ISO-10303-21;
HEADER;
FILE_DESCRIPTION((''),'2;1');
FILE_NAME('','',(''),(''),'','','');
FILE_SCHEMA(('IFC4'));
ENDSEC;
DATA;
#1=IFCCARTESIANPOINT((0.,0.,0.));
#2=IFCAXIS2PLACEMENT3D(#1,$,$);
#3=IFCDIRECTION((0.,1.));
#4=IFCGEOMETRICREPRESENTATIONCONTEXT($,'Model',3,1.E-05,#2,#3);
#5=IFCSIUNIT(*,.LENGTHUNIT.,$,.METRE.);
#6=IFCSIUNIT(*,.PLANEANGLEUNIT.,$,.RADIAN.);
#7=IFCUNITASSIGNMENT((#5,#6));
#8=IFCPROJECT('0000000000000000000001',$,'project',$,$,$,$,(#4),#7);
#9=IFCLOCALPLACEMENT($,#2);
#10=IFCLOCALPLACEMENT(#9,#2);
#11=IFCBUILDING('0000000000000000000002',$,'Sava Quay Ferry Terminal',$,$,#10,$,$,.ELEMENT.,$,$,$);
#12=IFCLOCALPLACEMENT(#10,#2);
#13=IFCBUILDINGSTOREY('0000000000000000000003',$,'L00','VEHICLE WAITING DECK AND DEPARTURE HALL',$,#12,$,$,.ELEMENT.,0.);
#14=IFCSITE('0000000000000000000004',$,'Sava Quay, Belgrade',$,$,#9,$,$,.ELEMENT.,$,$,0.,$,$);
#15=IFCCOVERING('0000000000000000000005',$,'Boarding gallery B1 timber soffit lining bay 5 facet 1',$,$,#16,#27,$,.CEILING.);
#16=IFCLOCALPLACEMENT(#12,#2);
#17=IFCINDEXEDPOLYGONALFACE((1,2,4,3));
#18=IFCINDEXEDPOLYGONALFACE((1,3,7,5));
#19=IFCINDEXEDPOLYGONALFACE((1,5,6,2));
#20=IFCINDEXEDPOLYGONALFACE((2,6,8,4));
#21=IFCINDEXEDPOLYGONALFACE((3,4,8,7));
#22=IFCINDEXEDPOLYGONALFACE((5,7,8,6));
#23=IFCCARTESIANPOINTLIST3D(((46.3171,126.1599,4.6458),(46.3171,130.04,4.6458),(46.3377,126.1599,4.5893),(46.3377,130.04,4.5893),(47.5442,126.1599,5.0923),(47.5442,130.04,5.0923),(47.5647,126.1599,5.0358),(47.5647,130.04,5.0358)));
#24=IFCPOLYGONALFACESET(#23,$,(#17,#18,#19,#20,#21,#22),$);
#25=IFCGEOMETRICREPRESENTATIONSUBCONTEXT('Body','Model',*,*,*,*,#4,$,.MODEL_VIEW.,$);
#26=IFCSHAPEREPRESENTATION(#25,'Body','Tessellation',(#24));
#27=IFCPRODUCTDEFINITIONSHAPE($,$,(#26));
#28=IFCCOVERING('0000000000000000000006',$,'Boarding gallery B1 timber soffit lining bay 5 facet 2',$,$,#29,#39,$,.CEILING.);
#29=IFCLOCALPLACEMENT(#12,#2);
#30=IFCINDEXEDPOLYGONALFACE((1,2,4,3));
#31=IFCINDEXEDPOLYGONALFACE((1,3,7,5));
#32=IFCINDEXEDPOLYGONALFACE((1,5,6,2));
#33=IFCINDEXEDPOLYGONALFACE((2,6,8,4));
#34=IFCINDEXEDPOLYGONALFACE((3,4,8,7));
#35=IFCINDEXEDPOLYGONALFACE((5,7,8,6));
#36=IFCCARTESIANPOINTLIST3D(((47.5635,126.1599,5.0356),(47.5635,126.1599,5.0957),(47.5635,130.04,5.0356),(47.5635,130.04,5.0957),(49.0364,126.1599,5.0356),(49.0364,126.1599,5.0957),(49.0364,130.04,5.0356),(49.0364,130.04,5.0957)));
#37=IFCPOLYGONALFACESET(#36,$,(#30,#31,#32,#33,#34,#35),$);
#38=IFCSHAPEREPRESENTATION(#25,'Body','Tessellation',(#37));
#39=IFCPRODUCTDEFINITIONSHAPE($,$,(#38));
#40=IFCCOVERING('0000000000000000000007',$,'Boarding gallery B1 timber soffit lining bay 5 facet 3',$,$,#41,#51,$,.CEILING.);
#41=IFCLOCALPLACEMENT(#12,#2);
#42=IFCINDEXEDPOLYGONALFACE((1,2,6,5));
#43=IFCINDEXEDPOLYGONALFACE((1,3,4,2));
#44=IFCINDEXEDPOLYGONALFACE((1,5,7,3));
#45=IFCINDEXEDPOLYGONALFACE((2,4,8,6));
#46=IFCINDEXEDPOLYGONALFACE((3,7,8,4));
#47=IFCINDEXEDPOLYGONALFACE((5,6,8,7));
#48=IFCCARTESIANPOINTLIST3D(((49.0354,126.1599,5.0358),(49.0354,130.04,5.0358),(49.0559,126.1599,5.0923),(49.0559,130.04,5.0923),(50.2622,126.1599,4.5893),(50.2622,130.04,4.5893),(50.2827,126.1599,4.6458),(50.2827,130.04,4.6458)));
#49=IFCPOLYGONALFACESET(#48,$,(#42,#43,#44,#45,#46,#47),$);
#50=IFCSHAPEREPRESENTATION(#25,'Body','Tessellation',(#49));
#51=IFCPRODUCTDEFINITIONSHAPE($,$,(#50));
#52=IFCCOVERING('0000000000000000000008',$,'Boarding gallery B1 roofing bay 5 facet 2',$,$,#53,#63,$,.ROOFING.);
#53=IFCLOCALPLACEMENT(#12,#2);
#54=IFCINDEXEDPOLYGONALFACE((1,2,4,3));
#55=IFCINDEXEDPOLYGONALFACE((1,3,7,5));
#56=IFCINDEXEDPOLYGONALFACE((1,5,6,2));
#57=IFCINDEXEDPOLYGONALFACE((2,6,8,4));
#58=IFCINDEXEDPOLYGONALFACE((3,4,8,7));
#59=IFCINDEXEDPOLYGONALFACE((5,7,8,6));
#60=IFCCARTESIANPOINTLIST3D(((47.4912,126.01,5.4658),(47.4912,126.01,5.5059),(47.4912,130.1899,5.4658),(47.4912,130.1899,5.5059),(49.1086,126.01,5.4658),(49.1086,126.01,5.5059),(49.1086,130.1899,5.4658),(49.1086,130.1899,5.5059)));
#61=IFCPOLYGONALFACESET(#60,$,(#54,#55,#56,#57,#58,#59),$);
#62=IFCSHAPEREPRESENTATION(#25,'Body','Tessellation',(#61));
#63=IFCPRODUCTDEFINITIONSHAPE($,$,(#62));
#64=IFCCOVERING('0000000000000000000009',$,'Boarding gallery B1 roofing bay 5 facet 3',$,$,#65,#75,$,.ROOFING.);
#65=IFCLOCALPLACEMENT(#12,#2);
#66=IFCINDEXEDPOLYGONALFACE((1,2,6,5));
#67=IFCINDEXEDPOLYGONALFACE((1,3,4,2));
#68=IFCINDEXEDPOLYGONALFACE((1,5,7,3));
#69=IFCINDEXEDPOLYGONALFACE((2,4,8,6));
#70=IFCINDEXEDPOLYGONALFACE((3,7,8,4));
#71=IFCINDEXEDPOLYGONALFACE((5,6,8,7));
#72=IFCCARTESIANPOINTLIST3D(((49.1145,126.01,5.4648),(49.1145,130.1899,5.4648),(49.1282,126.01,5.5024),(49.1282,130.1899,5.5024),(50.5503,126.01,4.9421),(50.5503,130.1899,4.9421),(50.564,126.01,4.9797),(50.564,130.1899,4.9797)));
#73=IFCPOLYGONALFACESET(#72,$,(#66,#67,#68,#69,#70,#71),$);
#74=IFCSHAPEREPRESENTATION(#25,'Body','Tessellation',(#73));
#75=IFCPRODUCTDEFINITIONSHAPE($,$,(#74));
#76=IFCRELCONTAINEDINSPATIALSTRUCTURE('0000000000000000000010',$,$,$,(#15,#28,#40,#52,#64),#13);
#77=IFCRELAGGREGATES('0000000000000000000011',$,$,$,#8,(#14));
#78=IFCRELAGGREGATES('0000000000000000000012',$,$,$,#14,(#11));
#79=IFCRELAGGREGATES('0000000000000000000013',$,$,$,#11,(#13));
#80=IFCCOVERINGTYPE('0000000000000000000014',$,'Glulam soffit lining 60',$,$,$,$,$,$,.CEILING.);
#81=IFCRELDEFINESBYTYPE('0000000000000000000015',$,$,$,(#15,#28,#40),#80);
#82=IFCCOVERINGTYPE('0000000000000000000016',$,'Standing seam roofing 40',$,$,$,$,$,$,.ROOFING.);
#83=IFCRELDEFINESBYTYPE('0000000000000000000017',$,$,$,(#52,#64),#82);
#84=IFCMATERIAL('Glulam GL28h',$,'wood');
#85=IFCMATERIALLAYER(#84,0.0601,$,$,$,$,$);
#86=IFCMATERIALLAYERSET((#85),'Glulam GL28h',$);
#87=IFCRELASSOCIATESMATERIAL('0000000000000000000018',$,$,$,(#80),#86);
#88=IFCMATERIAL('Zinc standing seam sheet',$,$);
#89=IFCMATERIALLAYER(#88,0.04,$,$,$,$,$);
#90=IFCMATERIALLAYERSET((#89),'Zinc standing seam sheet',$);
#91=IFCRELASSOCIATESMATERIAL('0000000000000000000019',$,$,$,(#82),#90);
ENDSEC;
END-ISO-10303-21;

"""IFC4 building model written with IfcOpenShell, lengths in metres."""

from ifc_helpers import new_model, si_unit, direction, frame, origin, place, context, subcontext, project, spatial, polyline, outline, extrude, material, layer, layer_set, type_object, element, save


model = new_model("IFC4")

# Units and contexts
model_context = context("Model", 3, precision=1e-05, world=origin(), true_north=direction((0.0, 1.0)))
body_context = subcontext(model_context, "Body", "Model", "MODEL_VIEW")
ifc_project = project(units=[si_unit("LENGTHUNIT", "METRE"), si_unit("PLANEANGLEUNIT", "RADIAN")], contexts=[model_context])

# Site, building, storey
site_placement = place(None, origin())
site = spatial("IfcSite", under=ifc_project, at=site_placement, Name="Sava Quay, Belgrade", CompositionType="ELEMENT", RefElevation=0.0)
building_placement = place(site_placement, origin())
building = spatial("IfcBuilding", under=site, at=building_placement, Name="Sava Quay Ferry Terminal", CompositionType="ELEMENT")
storey_placement = place(building_placement, origin())
storey = spatial("IfcBuildingStorey", under=building, at=storey_placement, Name="L00", Description="VEHICLE WAITING DECK AND DEPARTURE HALL", CompositionType="ELEMENT", Elevation=0.0)

# Coverings
ifc_material_1 = material(Name="Glulam GL28h", Category="wood")
ifc_layer_1 = layer(ifc_material_1, 0.0601)
ifc_layer_set_1 = layer_set([ifc_layer_1], Name="Glulam GL28h")
covering_type_1 = type_object("IfcCoveringType", Name="Glulam soffit lining 60", PredefinedType="CEILING", material=ifc_layer_set_1)
covering_1_placement = place(storey_placement, frame((46.3171, 126.1599, 4.6458), z_axis=(-0.341968, 0.0, 0.939712), x_axis=(0.939712, 0.0, 0.341968)))
element("IfcCovering", 1, at=covering_1_placement, inside=storey, type_object=covering_type_1, Name="Boarding gallery B1 timber soffit lining bay 5 facet 1", PredefinedType="CEILING", context=body_context, shape_type="SweptSolid", body=[
    extrude(outline(polyline([(0.0, 0.0), (1.3058, 0.0), (1.3058, 3.8801), (0.0, 3.8801), (0.0, 0.0)])), origin(), (0.0, 0.0, -1.0), 0.0601),
])
covering_2_placement = place(storey_placement, frame((47.5635, 126.1599, 5.0957), z_axis=(0.0, 0.0, 1.0), x_axis=(1.0, 0.0, 0.0)))
element("IfcCovering", 2, at=covering_2_placement, inside=storey, type_object=covering_type_1, Name="Boarding gallery B1 timber soffit lining bay 5 facet 2", PredefinedType="CEILING", context=body_context, shape_type="SweptSolid", body=[
    extrude(outline(polyline([(0.0, 0.0), (1.4729, 0.0), (1.4729, 3.8801), (0.0, 3.8801), (0.0, 0.0)])), origin(), (0.0, 0.0, -1.0), 0.0601),
])
covering_3_placement = place(storey_placement, frame((49.0559, 126.1599, 5.0923), z_axis=(0.342028, 0.0, 0.93969), x_axis=(0.93969, 0.0, -0.342028)))
element("IfcCovering", 3, at=covering_3_placement, inside=storey, type_object=covering_type_1, Name="Boarding gallery B1 timber soffit lining bay 5 facet 3", PredefinedType="CEILING", context=body_context, shape_type="SweptSolid", body=[
    extrude(outline(polyline([(0.0, 0.0), (1.3055, 0.0), (1.3055, 3.8801), (0.0, 3.8801), (0.0, 0.0)])), origin(), (0.0, 0.0, -1.0), 0.0601),
])
ifc_material_2 = material(Name="Zinc standing seam sheet")
ifc_layer_2 = layer(ifc_material_2, 0.04)
ifc_layer_set_2 = layer_set([ifc_layer_2], Name="Zinc standing seam sheet")
covering_type_2 = type_object("IfcCoveringType", Name="Standing seam roofing 40", PredefinedType="ROOFING", material=ifc_layer_set_2)
covering_4_placement = place(storey_placement, frame((47.4912, 126.01, 5.5059), z_axis=(0.0, 0.0, 1.0), x_axis=(1.0, 0.0, 0.0)))
element("IfcCovering", 4, at=covering_4_placement, inside=storey, type_object=covering_type_2, Name="Boarding gallery B1 roofing bay 5 facet 2", PredefinedType="ROOFING", context=body_context, shape_type="SweptSolid", body=[
    extrude(outline(polyline([(0.0, 0.0), (1.6174, 0.0), (1.6174, 4.1799), (0.0, 4.1799), (0.0, 0.0)])), origin(), (0.0, 0.0, -1.0), 0.04),
])
covering_5_placement = place(storey_placement, frame((49.1282, 126.01, 5.5024), z_axis=(0.342089, 0.0, 0.939667), x_axis=(0.939667, 0.0, -0.342089)))
element("IfcCovering", 5, at=covering_5_placement, inside=storey, type_object=covering_type_2, Name="Boarding gallery B1 roofing bay 5 facet 3", PredefinedType="ROOFING", context=body_context, shape_type="SweptSolid", body=[
    extrude(outline(polyline([(0.0, 0.0), (1.528, 0.0), (1.528, 4.1799), (0.0, 4.1799), (0.0, 0.0)])), origin(), (0.0, 0.0, -1.0), 0.04),
])

save(model, "model.ifc")
